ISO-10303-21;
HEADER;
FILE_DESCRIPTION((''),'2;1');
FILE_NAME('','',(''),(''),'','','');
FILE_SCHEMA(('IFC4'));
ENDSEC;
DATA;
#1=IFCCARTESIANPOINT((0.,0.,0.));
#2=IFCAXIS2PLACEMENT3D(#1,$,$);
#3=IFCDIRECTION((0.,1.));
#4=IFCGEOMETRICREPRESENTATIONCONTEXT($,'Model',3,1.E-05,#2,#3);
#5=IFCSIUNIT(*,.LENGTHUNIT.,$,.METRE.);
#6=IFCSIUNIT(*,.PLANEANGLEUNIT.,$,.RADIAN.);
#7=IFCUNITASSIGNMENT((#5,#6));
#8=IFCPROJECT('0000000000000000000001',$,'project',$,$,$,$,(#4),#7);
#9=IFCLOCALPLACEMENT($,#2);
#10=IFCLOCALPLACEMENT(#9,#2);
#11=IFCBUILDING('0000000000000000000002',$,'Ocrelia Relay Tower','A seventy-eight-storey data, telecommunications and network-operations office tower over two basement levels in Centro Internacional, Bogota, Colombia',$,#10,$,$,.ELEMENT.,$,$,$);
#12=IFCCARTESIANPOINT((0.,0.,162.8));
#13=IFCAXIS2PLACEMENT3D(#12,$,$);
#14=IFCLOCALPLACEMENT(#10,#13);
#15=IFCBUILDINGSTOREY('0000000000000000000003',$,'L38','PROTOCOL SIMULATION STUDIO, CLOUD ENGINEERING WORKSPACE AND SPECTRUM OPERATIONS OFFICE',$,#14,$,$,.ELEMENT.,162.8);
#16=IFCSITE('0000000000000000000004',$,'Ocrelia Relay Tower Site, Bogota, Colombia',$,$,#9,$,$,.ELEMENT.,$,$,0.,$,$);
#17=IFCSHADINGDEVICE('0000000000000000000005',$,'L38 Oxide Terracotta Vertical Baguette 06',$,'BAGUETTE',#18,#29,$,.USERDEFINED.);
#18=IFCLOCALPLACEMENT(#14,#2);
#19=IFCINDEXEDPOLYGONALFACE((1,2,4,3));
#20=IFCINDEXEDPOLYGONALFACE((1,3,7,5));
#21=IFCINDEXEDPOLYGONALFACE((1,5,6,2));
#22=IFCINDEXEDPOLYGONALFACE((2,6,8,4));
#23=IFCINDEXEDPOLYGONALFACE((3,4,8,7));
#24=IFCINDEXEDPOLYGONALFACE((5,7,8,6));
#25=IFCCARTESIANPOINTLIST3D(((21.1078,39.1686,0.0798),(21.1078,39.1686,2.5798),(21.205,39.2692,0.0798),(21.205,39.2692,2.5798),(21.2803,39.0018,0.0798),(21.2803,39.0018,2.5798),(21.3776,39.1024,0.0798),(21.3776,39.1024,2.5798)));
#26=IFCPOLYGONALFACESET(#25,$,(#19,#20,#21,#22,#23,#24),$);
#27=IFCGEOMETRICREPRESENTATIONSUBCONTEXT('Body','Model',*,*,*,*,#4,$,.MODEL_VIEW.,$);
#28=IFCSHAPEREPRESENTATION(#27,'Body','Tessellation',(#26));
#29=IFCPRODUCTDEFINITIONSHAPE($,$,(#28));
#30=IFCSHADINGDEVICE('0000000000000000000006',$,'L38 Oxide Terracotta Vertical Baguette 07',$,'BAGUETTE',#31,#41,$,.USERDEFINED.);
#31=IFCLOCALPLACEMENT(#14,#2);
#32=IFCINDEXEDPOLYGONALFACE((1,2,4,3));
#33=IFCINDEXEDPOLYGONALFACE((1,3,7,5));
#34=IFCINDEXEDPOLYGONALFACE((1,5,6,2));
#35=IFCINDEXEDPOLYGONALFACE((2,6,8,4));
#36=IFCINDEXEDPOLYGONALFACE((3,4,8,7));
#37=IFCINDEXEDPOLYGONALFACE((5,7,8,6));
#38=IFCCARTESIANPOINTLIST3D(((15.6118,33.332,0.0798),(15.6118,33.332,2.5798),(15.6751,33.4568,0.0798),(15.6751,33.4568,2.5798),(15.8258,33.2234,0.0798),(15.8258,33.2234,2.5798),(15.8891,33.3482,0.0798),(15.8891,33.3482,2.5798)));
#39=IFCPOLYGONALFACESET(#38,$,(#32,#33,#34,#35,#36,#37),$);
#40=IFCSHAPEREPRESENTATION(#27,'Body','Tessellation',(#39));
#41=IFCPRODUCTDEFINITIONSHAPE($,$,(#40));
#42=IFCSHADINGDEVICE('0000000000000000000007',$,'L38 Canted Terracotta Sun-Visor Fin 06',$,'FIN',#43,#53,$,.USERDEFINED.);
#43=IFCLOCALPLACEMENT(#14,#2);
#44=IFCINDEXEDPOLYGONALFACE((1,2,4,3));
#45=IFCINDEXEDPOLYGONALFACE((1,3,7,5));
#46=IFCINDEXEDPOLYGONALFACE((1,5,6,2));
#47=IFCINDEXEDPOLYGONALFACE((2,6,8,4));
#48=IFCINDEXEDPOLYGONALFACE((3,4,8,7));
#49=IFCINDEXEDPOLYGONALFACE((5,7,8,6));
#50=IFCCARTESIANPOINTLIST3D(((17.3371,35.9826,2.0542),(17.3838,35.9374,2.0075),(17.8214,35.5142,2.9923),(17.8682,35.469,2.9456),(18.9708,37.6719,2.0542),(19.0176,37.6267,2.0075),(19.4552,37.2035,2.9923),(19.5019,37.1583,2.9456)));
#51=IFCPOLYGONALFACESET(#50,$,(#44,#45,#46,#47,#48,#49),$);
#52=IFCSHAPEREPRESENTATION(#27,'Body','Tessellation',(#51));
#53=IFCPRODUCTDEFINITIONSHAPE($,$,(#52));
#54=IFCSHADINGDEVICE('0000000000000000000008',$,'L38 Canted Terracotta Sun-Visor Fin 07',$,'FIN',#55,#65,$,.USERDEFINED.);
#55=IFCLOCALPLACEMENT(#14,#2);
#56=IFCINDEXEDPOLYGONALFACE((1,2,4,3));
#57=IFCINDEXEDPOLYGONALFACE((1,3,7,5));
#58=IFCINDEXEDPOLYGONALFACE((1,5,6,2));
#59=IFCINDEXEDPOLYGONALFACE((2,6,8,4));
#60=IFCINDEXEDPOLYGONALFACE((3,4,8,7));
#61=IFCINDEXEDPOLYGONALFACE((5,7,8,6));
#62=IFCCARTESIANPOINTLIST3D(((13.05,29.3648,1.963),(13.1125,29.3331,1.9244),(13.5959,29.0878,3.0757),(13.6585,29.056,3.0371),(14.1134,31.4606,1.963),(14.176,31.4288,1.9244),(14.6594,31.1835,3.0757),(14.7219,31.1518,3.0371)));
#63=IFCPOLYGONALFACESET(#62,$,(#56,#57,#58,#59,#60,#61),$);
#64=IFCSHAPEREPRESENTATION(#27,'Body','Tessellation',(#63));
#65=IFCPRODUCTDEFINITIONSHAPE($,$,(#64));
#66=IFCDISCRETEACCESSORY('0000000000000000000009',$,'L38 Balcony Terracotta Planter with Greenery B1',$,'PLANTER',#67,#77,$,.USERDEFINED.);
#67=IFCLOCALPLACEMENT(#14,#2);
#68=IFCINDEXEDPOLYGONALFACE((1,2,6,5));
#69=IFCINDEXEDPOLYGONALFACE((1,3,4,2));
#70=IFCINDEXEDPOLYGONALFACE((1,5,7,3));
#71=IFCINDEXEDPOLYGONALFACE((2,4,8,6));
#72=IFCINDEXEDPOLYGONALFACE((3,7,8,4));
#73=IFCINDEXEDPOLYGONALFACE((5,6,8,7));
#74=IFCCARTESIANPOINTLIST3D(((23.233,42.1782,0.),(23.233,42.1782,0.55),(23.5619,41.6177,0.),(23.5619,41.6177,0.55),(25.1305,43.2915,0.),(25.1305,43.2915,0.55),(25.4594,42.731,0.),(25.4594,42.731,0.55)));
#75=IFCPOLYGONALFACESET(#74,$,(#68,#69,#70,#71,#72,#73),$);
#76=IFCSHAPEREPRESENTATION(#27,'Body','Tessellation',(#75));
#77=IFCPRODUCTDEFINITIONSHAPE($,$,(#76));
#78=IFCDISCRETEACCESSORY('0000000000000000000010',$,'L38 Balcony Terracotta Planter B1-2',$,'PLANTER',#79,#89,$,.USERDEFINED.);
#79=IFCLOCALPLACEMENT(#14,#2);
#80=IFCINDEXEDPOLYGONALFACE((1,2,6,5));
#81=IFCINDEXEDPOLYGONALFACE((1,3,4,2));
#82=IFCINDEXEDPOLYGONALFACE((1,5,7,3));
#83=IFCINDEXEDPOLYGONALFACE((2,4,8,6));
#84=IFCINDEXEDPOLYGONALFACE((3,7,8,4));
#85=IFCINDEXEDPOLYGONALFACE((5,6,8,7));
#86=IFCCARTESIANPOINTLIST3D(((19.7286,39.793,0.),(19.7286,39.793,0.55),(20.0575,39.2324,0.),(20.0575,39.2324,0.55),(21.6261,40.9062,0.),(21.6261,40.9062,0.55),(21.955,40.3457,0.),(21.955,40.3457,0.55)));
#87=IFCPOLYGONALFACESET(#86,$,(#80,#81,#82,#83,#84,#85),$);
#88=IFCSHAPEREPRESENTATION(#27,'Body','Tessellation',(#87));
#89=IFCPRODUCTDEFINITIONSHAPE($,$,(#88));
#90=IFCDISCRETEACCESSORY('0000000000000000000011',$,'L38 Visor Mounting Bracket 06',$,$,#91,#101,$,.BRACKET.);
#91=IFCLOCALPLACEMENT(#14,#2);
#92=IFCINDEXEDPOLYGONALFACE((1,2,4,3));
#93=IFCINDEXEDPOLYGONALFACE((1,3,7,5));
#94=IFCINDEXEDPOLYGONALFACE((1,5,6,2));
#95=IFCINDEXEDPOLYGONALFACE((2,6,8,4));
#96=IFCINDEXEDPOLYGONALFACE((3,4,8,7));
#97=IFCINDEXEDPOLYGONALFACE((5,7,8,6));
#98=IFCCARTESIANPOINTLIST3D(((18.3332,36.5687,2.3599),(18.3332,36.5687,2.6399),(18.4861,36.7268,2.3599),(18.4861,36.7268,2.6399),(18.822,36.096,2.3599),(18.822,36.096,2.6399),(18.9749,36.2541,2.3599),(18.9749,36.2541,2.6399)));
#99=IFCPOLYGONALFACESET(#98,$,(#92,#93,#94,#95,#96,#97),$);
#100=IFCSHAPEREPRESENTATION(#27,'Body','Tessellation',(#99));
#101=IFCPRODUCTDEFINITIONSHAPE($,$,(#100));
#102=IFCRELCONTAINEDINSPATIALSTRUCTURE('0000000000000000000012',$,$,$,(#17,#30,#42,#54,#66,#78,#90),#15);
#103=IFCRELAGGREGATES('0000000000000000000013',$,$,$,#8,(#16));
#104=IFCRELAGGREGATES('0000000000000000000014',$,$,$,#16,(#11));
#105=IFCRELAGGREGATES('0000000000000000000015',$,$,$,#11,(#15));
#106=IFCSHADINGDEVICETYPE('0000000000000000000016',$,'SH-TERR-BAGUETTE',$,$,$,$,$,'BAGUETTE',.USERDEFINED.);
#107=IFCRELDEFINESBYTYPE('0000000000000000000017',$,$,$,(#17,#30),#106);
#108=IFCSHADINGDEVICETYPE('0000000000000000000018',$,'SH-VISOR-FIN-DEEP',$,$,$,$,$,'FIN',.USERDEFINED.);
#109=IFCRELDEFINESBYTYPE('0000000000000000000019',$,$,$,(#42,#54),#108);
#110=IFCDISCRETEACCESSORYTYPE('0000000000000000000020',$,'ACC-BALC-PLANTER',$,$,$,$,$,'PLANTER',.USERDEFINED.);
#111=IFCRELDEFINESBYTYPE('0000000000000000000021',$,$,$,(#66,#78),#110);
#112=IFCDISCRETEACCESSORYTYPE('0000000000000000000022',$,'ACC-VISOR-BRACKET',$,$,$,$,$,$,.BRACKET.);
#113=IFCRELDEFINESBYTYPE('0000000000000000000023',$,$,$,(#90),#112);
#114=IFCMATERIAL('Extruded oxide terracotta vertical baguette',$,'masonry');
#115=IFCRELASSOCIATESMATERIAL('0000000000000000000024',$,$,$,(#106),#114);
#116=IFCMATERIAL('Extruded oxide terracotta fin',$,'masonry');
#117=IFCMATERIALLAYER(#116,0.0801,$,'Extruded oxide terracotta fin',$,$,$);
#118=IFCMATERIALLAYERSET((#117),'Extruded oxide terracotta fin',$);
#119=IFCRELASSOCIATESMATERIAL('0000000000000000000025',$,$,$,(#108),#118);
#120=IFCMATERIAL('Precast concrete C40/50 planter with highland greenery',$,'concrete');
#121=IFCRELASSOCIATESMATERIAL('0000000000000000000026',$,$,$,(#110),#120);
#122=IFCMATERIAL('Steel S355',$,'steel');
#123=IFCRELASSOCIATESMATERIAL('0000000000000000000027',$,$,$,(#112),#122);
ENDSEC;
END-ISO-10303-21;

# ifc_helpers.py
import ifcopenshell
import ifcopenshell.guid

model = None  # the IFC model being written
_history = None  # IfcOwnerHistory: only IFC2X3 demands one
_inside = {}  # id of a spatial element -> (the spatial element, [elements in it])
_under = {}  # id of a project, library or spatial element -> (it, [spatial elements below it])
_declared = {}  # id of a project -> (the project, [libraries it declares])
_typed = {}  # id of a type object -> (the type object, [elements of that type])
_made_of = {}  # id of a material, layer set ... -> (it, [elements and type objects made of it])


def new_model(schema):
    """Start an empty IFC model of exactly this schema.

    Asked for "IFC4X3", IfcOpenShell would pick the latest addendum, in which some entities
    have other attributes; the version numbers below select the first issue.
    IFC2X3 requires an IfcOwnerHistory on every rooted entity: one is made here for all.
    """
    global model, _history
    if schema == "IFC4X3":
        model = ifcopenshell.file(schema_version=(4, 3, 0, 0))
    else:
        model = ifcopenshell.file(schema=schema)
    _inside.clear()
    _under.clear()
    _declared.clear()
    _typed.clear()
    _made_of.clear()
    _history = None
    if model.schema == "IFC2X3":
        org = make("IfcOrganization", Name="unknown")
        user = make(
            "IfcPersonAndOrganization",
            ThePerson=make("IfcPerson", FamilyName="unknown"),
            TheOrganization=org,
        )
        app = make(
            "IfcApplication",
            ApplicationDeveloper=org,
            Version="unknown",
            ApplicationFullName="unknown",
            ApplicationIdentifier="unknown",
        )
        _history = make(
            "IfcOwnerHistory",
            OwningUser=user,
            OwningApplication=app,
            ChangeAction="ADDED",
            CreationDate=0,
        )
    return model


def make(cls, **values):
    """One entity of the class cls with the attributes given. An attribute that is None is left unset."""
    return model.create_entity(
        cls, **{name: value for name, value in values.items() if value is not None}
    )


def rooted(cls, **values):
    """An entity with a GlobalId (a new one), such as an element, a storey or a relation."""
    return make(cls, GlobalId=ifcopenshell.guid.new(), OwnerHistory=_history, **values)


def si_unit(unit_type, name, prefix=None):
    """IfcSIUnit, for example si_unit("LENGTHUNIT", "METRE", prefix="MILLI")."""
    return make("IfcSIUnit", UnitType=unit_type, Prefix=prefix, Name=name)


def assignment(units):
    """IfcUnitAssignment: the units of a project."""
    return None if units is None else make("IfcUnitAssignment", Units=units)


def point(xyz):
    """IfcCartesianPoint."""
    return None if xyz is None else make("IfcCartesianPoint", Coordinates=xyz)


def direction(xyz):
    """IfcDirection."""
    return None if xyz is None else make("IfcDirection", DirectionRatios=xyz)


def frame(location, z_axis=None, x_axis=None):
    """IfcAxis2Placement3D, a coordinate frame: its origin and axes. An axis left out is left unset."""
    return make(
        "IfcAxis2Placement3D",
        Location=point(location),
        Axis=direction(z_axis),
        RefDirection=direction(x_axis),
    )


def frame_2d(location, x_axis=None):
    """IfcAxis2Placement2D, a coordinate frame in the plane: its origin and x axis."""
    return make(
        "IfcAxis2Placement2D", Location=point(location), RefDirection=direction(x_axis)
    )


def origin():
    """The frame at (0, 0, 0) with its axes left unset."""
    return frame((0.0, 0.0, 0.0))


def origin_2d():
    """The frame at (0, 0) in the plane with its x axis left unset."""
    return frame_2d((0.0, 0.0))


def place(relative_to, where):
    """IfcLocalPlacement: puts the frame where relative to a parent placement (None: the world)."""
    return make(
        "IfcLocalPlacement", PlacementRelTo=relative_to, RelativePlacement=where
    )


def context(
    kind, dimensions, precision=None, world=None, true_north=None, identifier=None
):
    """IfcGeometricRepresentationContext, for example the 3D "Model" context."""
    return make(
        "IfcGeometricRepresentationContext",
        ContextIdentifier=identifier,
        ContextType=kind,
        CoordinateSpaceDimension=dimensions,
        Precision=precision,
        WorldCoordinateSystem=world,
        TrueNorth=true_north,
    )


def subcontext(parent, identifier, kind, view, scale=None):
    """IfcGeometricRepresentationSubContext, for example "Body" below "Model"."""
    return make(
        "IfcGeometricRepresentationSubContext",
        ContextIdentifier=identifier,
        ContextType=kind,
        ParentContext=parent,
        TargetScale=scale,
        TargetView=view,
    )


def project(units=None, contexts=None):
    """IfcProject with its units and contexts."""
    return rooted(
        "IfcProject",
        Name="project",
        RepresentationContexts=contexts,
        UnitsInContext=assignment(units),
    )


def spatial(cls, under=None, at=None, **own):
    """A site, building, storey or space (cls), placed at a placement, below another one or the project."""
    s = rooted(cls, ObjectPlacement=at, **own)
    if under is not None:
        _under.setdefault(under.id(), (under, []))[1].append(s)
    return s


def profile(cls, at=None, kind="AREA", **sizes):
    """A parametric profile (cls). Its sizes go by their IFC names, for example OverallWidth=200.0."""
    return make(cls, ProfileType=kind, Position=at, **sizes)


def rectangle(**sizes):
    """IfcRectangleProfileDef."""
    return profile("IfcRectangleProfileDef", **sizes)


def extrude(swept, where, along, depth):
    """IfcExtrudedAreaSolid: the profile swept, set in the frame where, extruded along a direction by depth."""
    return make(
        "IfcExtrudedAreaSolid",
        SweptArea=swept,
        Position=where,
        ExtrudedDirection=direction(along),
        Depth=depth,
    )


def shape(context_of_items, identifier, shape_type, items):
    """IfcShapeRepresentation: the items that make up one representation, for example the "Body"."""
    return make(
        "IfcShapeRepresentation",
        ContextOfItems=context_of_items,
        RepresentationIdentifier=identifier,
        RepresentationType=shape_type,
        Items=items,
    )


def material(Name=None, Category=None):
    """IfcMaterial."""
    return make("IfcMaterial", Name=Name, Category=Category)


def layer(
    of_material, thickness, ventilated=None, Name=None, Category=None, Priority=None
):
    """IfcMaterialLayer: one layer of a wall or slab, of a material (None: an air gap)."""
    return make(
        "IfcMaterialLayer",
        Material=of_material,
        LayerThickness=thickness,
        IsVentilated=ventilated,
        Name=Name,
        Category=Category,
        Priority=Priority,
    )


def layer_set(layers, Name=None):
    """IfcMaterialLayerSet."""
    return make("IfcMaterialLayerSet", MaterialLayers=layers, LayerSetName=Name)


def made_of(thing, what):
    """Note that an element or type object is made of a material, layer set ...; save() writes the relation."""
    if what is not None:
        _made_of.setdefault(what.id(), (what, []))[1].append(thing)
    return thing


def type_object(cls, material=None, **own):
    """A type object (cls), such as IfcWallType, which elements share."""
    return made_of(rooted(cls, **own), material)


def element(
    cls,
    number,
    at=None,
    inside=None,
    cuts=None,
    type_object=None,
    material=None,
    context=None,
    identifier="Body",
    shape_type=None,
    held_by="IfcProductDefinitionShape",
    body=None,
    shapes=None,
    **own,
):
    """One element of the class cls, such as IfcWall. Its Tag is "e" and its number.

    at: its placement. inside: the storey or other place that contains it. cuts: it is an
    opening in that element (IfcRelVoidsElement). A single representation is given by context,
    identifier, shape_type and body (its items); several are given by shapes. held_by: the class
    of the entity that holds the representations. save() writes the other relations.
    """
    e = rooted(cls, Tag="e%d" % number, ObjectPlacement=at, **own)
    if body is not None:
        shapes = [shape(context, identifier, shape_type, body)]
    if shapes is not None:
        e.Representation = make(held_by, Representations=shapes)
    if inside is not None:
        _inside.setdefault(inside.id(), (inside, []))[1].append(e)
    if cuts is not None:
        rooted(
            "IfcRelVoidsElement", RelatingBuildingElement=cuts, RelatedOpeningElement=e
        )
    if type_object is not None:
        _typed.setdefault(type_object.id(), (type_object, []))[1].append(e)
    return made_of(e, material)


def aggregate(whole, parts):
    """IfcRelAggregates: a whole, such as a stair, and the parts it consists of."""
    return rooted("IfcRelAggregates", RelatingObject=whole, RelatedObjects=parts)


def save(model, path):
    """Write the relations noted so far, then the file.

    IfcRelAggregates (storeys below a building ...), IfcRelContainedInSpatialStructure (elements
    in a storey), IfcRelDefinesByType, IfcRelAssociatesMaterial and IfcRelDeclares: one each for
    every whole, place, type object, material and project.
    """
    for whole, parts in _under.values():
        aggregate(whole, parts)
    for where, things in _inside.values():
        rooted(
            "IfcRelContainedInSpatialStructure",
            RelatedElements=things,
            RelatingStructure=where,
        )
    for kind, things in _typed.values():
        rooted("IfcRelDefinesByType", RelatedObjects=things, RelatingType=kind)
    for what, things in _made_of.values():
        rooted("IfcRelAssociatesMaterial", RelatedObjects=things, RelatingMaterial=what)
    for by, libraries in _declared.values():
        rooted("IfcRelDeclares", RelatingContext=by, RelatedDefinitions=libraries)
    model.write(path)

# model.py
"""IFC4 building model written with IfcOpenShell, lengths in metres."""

from ifc_helpers import new_model, si_unit, direction, frame, origin, origin_2d, place, context, subcontext, project, spatial, rectangle, extrude, material, layer, layer_set, type_object, element, save


model = new_model("IFC4")

# Units and contexts
model_context = context("Model", 3, precision=1e-05, world=origin(), true_north=direction((0.0, 1.0)))
body_context = subcontext(model_context, "Body", "Model", "MODEL_VIEW")
ifc_project = project(units=[si_unit("LENGTHUNIT", "METRE"), si_unit("PLANEANGLEUNIT", "RADIAN")], contexts=[model_context])

# Site, building, storey
site_placement = place(None, origin())
site = spatial("IfcSite", under=ifc_project, at=site_placement, Name="Ocrelia Relay Tower Site, Bogota, Colombia", CompositionType="ELEMENT", RefElevation=0.0)
building_placement = place(site_placement, origin())
building = spatial("IfcBuilding", under=site, at=building_placement, Name="Ocrelia Relay Tower", Description="A seventy-eight-storey data, telecommunications and network-operations office tower over two basement levels in Centro Internacional, Bogota, Colombia", CompositionType="ELEMENT")
storey_placement = place(building_placement, frame((0.0, 0.0, 162.8)))
storey = spatial("IfcBuildingStorey", under=building, at=storey_placement, Name="L38", Description="PROTOCOL SIMULATION STUDIO, CLOUD ENGINEERING WORKSPACE AND SPECTRUM OPERATIONS OFFICE", CompositionType="ELEMENT", Elevation=162.8)

# Shared definitions
ifc_material_1 = material(Name="Steel S355", Category="steel")

# Shading devices
ifc_material_2 = material(Name="Extruded oxide terracotta vertical baguette", Category="masonry")
shading_device_type_1 = type_object("IfcShadingDeviceType", Name="SH-TERR-BAGUETTE", ElementType="BAGUETTE", PredefinedType="USERDEFINED", material=ifc_material_2)
for number, where, z_axis, x_axis, name in (
    (1, (21.2427, 39.1355, 0.0798), (0.0, 0.0, 1.0), (-0.695188, -0.718828, 0.0), "L38 Oxide Terracotta Vertical Baguette 06"),
    (2, (15.7505, 33.3401, 0.0798), (0.0, 0.0, 1.0), (-0.452499, -0.891765, 0.0), "L38 Oxide Terracotta Vertical Baguette 07"),
):
    element("IfcShadingDevice", number, at=place(storey_placement, frame(where, z_axis=z_axis, x_axis=x_axis)), inside=storey, type_object=shading_device_type_1, Name=name, ObjectType="BAGUETTE", PredefinedType="USERDEFINED", context=body_context, shape_type="SweptSolid", body=[
        extrude(rectangle(XDim=0.1399, YDim=0.24, at=origin_2d()), origin(), (0.0, 0.0, 1.0), 2.5),
    ])
ifc_material_3 = material(Name="Extruded oxide terracotta fin", Category="masonry")
ifc_layer_1 = layer(ifc_material_3, 0.0801, Name="Extruded oxide terracotta fin")
ifc_layer_set_1 = layer_set([ifc_layer_1], Name="Extruded oxide terracotta fin")
shading_device_type_2 = type_object("IfcShadingDeviceType", Name="SH-VISOR-FIN-DEEP", ElementType="FIN", PredefinedType="USERDEFINED", material=ifc_layer_set_1)
shading_device_1_placement = place(storey_placement, frame((18.4429, 36.5479, 2.4766), z_axis=(-0.583822, 0.564621, 0.583399), x_axis=(-0.695188, -0.718828, 0.0)))
element("IfcShadingDevice", 3, at=shading_device_1_placement, inside=storey, type_object=shading_device_type_2, Name="L38 Canted Terracotta Sun-Visor Fin 06", ObjectType="FIN", PredefinedType="USERDEFINED", context=body_context, shape_type="SweptSolid", body=[
    extrude(rectangle(XDim=2.3501, YDim=1.155, at=origin_2d()), origin(), (0.0, 0.0, 1.0), 0.0801),
])
shading_device_2_placement = place(storey_placement, frame((13.9172, 30.2424, 2.4807), z_axis=(-0.781309, 0.396452, 0.48206), x_axis=(-0.452499, -0.891765, 0.0)))
element("IfcShadingDevice", 4, at=shading_device_2_placement, inside=storey, type_object=shading_device_type_2, Name="L38 Canted Terracotta Sun-Visor Fin 07", ObjectType="FIN", PredefinedType="USERDEFINED", context=body_context, shape_type="SweptSolid", body=[
    extrude(rectangle(XDim=2.3501, YDim=1.27, at=origin_2d()), origin(), (0.0, 0.0, 1.0), 0.0801),
])

# Discrete accessories
ifc_material_4 = material(Name="Precast concrete C40/50 planter with highland greenery", Category="concrete")
discrete_accessory_type_1 = type_object("IfcDiscreteAccessoryType", Name="ACC-BALC-PLANTER", ElementType="PLANTER", PredefinedType="USERDEFINED", material=ifc_material_4)
for number, where, z_axis, x_axis, name in (
    (5, (24.3462, 42.4546, 0.0), (0.0, 0.0, 1.0), (0.862506, 0.506047, 0.0), "L38 Balcony Terracotta Planter with Greenery B1"),
    (6, (20.8418, 40.0693, 0.0), (0.0, 0.0, 1.0), (0.862506, 0.506047, 0.0), "L38 Balcony Terracotta Planter B1-2"),
):
    element("IfcDiscreteAccessory", number, at=place(storey_placement, frame(where, z_axis=z_axis, x_axis=x_axis)), inside=storey, type_object=discrete_accessory_type_1, Name=name, ObjectType="PLANTER", PredefinedType="USERDEFINED", context=body_context, shape_type="SweptSolid", body=[
        extrude(rectangle(XDim=2.2, YDim=0.6499, at=origin_2d()), origin(), (0.0, 0.0, 1.0), 0.55),
    ])
discrete_accessory_type_2 = type_object("IfcDiscreteAccessoryType", Name="ACC-VISOR-BRACKET", PredefinedType="BRACKET", material=ifc_material_1)
discrete_accessory_placement = place(storey_placement, frame((18.6541, 36.4114, 2.3599), z_axis=(0.0, 0.0, 1.0), x_axis=(-0.695188, -0.718828, 0.0)))
element("IfcDiscreteAccessory", 7, at=discrete_accessory_placement, inside=storey, type_object=discrete_accessory_type_2, Name="L38 Visor Mounting Bracket 06", PredefinedType="BRACKET", context=body_context, shape_type="SweptSolid", body=[
    extrude(rectangle(XDim=0.22, YDim=0.6799, at=origin_2d()), origin(), (0.0, 0.0, 1.0), 0.28),
])

save(model, "model.ifc")
